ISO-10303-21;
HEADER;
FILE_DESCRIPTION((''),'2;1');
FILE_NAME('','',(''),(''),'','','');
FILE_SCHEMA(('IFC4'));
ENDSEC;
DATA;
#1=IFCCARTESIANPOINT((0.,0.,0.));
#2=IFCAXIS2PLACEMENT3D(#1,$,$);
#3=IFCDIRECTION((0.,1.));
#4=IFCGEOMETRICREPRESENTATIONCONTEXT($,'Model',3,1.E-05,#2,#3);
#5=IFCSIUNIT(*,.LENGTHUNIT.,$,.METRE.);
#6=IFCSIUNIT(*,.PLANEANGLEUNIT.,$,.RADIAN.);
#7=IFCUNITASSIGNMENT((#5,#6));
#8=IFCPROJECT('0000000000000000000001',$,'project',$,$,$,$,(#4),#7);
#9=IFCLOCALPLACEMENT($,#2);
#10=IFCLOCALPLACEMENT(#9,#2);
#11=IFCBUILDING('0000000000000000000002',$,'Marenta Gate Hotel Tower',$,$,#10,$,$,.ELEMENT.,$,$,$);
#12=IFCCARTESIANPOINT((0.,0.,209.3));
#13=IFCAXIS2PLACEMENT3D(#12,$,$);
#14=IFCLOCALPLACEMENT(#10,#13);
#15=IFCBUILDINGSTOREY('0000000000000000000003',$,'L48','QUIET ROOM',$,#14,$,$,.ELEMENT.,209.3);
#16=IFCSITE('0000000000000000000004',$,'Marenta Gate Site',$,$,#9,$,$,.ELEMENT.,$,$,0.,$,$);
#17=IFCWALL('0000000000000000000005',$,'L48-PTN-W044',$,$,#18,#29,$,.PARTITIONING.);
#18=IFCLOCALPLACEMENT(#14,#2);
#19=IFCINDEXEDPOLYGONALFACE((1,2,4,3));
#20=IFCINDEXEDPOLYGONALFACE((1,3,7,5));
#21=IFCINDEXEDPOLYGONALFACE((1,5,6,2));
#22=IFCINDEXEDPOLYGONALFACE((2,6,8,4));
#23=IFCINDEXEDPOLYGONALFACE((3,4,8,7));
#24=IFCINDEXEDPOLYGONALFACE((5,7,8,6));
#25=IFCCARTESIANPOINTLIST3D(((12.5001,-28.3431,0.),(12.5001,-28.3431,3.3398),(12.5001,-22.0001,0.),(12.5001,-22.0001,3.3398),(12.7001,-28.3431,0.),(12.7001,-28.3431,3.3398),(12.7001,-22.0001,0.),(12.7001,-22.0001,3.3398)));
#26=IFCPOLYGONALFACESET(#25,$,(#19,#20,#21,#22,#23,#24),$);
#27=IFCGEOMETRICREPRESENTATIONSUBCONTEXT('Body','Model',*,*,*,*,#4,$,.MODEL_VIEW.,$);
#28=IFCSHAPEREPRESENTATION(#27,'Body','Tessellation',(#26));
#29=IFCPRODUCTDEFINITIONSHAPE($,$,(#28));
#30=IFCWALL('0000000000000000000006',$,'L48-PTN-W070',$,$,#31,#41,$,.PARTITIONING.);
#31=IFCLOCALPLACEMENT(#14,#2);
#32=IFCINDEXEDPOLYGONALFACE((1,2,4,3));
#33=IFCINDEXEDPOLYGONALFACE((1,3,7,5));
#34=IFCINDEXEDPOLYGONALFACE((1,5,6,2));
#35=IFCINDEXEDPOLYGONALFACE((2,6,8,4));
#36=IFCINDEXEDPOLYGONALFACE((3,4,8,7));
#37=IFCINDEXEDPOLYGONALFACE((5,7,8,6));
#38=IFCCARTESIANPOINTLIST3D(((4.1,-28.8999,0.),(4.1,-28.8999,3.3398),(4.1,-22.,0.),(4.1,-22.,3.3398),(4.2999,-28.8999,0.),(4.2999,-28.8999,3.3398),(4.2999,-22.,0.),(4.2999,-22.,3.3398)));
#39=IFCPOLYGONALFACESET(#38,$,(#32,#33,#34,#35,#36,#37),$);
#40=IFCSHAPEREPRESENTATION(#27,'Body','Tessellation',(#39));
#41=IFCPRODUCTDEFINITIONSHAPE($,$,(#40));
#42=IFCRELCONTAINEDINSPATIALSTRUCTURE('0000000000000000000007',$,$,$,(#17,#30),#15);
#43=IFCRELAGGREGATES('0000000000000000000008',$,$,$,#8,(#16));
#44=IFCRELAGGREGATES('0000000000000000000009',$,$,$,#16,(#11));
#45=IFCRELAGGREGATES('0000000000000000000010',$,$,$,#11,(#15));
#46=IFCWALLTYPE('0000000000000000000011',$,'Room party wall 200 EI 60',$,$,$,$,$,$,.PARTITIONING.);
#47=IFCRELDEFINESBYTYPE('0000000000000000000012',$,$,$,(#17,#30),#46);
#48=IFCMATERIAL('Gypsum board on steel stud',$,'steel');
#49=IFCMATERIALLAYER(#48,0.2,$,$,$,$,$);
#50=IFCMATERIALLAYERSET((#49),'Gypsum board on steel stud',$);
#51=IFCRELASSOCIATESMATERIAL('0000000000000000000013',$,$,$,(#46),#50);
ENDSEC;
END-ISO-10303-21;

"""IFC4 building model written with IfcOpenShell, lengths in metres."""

from ifc_helpers import new_model, si_unit, direction, frame, frame_2d, origin, place, context, subcontext, project, spatial, rectangle, extrude, material, layer, layer_set, type_object, element, save


model = new_model("IFC4")

# Units and contexts
model_context = context("Model", 3, precision=1e-05, world=origin(), true_north=direction((0.0, 1.0)))
body_context = subcontext(model_context, "Body", "Model", "MODEL_VIEW")
ifc_project = project(units=[si_unit("LENGTHUNIT", "METRE"), si_unit("PLANEANGLEUNIT", "RADIAN")], contexts=[model_context])

# Site, building, storey
site_placement = place(None, origin())
site = spatial("IfcSite", under=ifc_project, at=site_placement, Name="Marenta Gate Site", CompositionType="ELEMENT", RefElevation=0.0)
building_placement = place(site_placement, origin())
building = spatial("IfcBuilding", under=site, at=building_placement, Name="Marenta Gate Hotel Tower", CompositionType="ELEMENT")
storey_placement = place(building_placement, frame((0.0, 0.0, 209.3)))
storey = spatial("IfcBuildingStorey", under=building, at=storey_placement, Name="L48", Description="QUIET ROOM", CompositionType="ELEMENT", Elevation=209.3)

# Walls
ifc_material_1 = material(Name="Gypsum board on steel stud", Category="steel")
ifc_layer_1 = layer(ifc_material_1, 0.2)
ifc_layer_set_1 = layer_set([ifc_layer_1], Name="Gypsum board on steel stud")
wall_type_1 = type_object("IfcWallType", Name="Room party wall 200 EI 60", PredefinedType="PARTITIONING", material=ifc_layer_set_1)
wall_1_placement = place(storey_placement, frame((12.6001, -28.343, 0.0), z_axis=(0.0, 0.0, 1.0), x_axis=(0.0, 1.0, 0.0)))
element("IfcWall", 1, at=wall_1_placement, inside=storey, type_object=wall_type_1, Name="L48-PTN-W044", PredefinedType="PARTITIONING", context=body_context, shape_type="SweptSolid", body=[
    extrude(rectangle(XDim=6.343, YDim=0.2, at=frame_2d((3.1714, 0.0))), origin(), (0.0, 0.0, 1.0), 3.3398),
])
wall_2_placement = place(storey_placement, frame((4.2, -28.8999, 0.0), z_axis=(0.0, 0.0, 1.0), x_axis=(0.0, 1.0, 0.0)))
element("IfcWall", 2, at=wall_2_placement, inside=storey, type_object=wall_type_1, Name="L48-PTN-W070", PredefinedType="PARTITIONING", context=body_context, shape_type="SweptSolid", body=[
    extrude(rectangle(XDim=6.8999, YDim=0.2, at=frame_2d((3.45, 0.0))), origin(), (0.0, 0.0, 1.0), 3.3398),
])

save(model, "model.ifc")
